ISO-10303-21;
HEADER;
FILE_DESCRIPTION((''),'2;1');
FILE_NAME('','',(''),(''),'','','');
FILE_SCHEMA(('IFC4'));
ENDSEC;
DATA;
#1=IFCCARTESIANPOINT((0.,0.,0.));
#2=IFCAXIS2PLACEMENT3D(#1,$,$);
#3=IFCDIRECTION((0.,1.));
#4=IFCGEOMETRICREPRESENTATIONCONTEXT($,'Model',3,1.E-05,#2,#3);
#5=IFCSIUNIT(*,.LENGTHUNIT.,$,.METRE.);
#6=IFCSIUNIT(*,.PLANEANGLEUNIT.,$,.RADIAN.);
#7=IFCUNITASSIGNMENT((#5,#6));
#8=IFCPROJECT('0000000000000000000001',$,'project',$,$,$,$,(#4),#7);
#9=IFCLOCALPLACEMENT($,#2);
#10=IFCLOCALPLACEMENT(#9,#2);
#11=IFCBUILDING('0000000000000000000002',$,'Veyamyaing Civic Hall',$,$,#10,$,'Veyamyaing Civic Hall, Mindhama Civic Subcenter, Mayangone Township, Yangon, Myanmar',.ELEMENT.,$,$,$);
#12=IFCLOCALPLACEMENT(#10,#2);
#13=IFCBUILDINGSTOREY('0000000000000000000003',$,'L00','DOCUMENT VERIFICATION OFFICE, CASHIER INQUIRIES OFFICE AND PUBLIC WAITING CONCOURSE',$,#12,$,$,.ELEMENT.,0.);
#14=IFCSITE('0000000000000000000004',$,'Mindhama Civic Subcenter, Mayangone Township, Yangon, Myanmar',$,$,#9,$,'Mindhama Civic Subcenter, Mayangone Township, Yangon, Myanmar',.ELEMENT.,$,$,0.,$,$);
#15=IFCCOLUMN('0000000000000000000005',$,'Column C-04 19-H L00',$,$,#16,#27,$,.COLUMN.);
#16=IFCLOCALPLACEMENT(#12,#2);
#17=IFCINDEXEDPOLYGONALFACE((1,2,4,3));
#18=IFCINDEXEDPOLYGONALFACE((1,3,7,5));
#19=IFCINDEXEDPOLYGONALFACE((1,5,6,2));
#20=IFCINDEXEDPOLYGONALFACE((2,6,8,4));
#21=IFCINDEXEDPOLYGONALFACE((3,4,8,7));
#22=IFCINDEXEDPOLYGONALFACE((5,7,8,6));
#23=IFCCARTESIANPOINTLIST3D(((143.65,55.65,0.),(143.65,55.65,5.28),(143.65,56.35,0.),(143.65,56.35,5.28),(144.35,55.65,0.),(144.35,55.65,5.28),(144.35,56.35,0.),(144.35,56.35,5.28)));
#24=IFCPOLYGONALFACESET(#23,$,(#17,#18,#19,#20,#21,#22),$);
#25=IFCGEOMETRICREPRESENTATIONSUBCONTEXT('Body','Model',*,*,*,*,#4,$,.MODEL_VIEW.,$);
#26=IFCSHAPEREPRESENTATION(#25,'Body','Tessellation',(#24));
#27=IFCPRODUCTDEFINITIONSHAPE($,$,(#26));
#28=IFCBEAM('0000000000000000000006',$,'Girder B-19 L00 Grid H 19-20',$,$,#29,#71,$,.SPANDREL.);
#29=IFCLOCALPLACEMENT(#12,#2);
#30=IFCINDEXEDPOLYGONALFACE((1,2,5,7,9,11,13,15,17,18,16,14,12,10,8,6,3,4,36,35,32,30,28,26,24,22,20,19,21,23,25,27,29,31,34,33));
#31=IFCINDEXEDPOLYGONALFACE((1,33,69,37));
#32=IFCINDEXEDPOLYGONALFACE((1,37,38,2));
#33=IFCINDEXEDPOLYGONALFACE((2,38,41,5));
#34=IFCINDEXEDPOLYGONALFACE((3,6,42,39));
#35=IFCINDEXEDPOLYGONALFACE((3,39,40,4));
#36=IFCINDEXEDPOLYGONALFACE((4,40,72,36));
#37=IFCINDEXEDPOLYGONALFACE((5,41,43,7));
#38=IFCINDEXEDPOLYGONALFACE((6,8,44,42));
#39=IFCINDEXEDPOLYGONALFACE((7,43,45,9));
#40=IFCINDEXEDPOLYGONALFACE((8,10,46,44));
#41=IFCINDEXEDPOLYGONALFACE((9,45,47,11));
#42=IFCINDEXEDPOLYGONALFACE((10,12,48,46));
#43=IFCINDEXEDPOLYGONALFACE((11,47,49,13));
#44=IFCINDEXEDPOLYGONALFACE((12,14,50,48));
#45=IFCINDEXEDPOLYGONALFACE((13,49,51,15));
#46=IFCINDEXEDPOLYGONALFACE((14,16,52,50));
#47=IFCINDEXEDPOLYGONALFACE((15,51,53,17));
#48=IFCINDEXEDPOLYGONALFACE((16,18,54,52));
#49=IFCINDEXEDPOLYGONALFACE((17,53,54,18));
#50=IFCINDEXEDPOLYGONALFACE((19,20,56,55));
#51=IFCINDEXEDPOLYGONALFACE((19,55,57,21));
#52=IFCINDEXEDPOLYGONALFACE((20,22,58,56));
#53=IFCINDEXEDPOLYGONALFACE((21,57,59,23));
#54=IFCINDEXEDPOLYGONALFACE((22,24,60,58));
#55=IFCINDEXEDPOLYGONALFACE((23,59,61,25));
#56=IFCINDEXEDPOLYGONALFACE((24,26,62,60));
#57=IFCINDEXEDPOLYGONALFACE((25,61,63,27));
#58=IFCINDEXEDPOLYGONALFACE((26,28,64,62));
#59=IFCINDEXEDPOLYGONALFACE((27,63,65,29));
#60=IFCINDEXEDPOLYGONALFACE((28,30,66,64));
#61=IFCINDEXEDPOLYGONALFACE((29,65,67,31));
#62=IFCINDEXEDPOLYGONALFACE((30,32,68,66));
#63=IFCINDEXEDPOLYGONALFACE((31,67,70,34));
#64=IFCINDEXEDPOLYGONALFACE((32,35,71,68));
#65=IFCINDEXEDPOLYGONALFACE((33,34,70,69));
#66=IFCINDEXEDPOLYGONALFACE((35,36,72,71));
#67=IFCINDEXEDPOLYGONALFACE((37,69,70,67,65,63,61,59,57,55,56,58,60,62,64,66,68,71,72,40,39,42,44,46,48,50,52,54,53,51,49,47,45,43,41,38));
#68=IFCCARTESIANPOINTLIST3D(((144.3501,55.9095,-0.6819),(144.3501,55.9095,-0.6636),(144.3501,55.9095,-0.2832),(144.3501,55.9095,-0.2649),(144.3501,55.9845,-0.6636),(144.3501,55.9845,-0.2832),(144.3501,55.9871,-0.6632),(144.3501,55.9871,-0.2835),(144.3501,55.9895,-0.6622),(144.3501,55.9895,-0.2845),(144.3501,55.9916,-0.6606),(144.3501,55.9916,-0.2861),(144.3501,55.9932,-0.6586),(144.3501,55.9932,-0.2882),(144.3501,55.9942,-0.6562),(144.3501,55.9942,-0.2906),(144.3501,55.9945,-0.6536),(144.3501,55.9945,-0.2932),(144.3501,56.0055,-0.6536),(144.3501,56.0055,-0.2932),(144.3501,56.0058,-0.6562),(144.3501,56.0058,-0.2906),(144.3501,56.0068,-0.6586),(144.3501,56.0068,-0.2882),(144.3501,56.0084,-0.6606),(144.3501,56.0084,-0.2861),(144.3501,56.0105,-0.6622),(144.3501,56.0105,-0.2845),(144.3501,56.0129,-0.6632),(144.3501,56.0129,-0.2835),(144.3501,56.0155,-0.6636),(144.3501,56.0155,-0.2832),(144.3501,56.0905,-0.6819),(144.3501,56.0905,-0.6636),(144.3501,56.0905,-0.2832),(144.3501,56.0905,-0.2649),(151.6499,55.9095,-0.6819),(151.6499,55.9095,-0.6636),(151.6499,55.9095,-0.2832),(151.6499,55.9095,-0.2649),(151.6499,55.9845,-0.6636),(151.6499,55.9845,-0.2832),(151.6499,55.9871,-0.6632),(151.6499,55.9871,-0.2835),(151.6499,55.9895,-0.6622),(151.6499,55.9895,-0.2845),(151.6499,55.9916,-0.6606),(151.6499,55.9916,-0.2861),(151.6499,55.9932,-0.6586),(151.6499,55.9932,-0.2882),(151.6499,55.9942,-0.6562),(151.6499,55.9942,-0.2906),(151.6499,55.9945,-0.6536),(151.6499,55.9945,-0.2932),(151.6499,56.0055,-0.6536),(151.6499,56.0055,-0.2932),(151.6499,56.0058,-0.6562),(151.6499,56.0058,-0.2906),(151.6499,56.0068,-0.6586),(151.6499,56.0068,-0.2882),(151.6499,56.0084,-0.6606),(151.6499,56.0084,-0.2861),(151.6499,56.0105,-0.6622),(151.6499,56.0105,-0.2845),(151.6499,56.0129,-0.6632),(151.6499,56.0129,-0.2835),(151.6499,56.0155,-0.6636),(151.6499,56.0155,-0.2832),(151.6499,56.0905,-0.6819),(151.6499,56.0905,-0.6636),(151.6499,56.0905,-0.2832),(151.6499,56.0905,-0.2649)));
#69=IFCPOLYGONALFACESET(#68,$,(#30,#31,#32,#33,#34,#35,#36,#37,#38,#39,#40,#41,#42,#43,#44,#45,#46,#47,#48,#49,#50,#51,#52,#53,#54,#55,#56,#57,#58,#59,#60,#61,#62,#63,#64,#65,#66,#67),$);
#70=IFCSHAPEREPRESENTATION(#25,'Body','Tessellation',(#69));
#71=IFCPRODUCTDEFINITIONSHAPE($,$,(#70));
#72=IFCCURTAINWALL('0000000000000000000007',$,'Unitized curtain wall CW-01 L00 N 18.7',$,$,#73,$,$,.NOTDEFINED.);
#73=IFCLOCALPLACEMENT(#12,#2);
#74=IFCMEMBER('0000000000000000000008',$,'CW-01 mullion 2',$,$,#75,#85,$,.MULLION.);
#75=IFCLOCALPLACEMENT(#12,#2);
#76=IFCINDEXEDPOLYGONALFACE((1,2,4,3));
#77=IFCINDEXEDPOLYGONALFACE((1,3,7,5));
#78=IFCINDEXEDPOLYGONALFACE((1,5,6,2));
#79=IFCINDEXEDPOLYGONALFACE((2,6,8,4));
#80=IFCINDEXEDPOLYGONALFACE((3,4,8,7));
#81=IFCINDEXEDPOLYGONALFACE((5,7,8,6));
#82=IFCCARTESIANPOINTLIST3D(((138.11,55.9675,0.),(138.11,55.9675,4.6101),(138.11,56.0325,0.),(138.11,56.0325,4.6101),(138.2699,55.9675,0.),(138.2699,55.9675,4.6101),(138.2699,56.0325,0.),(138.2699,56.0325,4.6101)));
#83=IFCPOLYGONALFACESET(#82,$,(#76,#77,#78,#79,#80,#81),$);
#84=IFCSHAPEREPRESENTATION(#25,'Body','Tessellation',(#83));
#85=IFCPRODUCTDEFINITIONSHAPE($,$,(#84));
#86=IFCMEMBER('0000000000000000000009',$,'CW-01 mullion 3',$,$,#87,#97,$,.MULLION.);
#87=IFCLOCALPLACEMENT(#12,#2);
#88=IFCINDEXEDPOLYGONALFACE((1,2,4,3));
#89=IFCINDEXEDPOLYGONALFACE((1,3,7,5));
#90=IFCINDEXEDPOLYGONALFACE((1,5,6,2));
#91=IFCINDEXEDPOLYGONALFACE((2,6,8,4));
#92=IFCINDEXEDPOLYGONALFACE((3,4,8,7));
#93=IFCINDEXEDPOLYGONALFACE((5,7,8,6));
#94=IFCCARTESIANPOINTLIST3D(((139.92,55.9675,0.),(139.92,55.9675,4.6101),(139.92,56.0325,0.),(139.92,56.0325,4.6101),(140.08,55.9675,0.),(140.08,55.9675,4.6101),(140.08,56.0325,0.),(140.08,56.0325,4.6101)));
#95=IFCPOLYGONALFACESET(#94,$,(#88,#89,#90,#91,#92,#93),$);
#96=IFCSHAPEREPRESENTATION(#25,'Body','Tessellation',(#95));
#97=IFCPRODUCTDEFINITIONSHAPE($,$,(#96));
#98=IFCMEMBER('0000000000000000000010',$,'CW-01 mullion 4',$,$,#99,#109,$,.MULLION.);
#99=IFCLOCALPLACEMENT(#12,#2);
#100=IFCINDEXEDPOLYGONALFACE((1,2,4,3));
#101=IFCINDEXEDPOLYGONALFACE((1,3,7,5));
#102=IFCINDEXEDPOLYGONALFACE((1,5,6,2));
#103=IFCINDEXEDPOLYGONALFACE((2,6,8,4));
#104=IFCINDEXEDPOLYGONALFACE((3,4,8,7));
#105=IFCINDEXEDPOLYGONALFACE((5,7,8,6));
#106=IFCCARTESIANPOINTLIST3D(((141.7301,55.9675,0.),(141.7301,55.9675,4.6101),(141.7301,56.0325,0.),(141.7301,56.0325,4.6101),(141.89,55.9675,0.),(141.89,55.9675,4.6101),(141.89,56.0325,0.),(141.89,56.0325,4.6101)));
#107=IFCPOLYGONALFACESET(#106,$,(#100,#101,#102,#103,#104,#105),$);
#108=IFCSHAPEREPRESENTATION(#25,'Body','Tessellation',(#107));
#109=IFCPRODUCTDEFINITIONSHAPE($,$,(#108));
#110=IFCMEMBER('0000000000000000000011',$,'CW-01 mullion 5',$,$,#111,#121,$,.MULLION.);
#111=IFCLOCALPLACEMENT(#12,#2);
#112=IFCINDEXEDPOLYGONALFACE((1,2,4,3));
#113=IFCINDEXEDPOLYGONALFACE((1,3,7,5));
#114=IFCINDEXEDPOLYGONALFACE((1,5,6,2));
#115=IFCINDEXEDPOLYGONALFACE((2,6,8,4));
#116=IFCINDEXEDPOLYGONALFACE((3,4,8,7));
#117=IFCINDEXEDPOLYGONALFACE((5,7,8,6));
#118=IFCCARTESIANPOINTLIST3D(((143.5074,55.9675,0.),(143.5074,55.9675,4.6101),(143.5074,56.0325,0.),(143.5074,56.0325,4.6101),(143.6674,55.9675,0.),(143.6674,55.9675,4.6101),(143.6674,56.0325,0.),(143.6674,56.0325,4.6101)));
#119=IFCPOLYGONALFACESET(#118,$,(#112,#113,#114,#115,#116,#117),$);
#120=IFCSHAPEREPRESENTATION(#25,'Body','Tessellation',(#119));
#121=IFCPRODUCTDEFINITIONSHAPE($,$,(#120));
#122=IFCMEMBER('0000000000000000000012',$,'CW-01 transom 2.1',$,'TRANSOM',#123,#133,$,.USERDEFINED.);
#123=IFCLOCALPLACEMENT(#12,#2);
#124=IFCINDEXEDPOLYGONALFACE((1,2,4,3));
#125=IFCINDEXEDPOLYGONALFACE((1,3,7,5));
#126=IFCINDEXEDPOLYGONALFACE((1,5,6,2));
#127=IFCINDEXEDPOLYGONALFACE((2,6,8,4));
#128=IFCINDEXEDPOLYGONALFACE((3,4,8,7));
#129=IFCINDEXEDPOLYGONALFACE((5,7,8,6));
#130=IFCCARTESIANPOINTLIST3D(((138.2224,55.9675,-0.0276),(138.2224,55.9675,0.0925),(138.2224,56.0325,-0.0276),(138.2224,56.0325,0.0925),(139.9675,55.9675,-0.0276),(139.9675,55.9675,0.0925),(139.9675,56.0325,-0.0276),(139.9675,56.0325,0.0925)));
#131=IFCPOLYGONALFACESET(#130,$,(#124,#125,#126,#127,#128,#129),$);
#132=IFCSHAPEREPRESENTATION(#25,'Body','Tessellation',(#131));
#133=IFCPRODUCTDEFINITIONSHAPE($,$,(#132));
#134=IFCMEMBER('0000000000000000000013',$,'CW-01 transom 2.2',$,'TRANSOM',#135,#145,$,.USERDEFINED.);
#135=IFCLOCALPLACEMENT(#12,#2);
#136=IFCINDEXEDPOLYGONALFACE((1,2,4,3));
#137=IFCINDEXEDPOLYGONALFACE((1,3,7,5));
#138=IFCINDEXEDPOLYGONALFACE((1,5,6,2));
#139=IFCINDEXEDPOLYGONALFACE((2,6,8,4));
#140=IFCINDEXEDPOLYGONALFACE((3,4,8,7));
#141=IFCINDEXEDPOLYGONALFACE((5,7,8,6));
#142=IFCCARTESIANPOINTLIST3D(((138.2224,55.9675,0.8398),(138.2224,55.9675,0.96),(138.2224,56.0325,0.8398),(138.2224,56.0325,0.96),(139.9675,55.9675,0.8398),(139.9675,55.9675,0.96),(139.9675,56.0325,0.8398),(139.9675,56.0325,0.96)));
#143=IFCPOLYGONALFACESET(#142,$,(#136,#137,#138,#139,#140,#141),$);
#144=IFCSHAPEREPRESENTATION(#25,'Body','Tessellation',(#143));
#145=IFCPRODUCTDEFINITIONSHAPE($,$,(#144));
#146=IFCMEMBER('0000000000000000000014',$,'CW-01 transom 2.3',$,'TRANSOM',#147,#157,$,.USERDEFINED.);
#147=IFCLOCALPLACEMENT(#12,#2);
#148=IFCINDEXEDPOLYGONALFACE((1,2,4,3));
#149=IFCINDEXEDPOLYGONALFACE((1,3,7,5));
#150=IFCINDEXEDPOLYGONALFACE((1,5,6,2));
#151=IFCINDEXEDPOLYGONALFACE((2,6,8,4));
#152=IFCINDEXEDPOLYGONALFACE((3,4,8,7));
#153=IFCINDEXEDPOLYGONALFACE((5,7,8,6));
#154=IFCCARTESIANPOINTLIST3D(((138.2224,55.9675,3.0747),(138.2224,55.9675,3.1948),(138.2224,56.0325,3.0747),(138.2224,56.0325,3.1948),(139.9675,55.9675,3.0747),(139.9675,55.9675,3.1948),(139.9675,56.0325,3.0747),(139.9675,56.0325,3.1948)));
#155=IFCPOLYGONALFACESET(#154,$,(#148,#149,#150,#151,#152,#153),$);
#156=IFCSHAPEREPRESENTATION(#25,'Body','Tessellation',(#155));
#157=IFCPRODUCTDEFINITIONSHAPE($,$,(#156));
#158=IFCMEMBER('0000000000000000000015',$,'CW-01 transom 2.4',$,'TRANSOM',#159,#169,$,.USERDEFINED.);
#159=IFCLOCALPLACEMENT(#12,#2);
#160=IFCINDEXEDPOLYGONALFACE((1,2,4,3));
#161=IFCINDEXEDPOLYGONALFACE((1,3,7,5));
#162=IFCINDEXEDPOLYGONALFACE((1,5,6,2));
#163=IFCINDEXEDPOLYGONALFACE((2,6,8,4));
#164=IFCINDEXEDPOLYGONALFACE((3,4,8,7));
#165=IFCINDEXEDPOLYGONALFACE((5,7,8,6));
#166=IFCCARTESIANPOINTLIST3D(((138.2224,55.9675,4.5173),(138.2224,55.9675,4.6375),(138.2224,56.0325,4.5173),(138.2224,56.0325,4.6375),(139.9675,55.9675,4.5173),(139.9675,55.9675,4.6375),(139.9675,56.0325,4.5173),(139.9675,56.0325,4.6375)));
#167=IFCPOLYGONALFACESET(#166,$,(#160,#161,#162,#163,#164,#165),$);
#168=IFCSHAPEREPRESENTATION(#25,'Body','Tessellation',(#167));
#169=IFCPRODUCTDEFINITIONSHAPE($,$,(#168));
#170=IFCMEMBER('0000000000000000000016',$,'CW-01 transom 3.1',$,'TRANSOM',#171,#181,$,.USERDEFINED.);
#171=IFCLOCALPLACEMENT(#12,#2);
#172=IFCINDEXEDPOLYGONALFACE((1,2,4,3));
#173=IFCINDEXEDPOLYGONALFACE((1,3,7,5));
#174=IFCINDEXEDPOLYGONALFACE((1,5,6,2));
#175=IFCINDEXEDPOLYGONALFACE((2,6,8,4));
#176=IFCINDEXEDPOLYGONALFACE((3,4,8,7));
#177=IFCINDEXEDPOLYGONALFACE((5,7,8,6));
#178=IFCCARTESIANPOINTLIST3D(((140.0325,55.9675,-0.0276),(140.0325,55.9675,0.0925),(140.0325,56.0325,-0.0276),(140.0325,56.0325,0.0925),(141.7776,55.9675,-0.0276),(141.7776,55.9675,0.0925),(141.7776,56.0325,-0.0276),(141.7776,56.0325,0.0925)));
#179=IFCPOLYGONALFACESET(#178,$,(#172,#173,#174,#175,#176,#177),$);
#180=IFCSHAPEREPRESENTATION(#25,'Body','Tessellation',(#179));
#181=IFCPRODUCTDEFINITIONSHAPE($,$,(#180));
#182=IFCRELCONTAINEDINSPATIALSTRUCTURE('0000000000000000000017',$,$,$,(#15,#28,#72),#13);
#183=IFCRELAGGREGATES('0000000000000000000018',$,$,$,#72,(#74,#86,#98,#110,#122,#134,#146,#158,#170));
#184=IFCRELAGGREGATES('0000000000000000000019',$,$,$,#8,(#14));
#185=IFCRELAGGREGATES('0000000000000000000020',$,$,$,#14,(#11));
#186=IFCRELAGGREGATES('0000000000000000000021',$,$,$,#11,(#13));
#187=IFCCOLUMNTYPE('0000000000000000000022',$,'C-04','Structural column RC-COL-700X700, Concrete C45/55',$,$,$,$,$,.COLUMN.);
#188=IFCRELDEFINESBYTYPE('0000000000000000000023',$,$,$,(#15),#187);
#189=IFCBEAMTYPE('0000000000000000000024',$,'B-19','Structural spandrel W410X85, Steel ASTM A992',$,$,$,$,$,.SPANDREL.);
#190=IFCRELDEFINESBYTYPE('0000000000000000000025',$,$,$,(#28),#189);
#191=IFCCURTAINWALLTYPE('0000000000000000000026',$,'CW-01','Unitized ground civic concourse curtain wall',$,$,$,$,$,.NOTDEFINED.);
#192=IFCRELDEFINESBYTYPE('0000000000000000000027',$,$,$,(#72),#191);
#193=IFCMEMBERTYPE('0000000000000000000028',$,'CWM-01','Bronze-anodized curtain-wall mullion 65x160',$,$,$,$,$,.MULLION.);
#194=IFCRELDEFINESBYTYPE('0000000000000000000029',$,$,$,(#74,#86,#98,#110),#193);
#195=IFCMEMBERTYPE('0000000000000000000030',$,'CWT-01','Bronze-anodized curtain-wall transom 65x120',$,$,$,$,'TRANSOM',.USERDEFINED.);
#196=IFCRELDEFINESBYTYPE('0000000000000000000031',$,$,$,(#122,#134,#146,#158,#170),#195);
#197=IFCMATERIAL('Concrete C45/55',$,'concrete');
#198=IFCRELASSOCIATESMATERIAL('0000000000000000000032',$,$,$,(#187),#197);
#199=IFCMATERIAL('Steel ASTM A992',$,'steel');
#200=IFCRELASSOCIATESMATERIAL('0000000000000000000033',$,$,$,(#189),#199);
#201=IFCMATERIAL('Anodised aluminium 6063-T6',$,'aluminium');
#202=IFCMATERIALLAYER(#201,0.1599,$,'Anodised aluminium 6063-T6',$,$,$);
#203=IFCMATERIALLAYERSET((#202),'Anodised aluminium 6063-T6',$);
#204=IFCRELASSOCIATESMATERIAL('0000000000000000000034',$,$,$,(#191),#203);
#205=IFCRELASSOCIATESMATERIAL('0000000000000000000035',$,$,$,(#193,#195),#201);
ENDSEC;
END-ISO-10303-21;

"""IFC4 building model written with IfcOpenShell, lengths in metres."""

from ifc_helpers import new_model, si_unit, direction, frame, origin, origin_2d, place, context, subcontext, project, spatial, rectangle, i_section, extrude, material, layer, layer_set, material_profile, profile_set, type_object, element, aggregate, save


model = new_model("IFC4")

# Units and contexts
model_context = context("Model", 3, precision=1e-05, world=origin(), true_north=direction((0.0, 1.0)))
body_context = subcontext(model_context, "Body", "Model", "MODEL_VIEW")
ifc_project = project(units=[si_unit("LENGTHUNIT", "METRE"), si_unit("PLANEANGLEUNIT", "RADIAN")], contexts=[model_context])

# Site, building, storey
site_placement = place(None, origin())
site = spatial("IfcSite", under=ifc_project, at=site_placement, Name="Mindhama Civic Subcenter, Mayangone Township, Yangon, Myanmar", LongName="Mindhama Civic Subcenter, Mayangone Township, Yangon, Myanmar", CompositionType="ELEMENT", RefElevation=0.0)
building_placement = place(site_placement, origin())
building = spatial("IfcBuilding", under=site, at=building_placement, Name="Veyamyaing Civic Hall", LongName="Veyamyaing Civic Hall, Mindhama Civic Subcenter, Mayangone Township, Yangon, Myanmar", CompositionType="ELEMENT")
storey_placement = place(building_placement, origin())
storey = spatial("IfcBuildingStorey", under=building, at=storey_placement, Name="L00", Description="DOCUMENT VERIFICATION OFFICE, CASHIER INQUIRIES OFFICE AND PUBLIC WAITING CONCOURSE", CompositionType="ELEMENT", Elevation=0.0)

# Column
ifc_material_1 = material(Name="Concrete C45/55", Category="concrete")
ifc_material_profile_1 = material_profile(ifc_material_1, rectangle(XDim=0.7, YDim=0.7, at=origin_2d()), Name="RC-COL-700X700")
ifc_profile_set_1 = profile_set([ifc_material_profile_1], Name="Concrete C45/55")
column_type = type_object("IfcColumnType", Name="C-04", Description="Structural column RC-COL-700X700, Concrete C45/55", PredefinedType="COLUMN", material=ifc_profile_set_1)
column_placement = place(storey_placement, frame((144.0, 56.0, 0.0), z_axis=(0.0, 0.0, 1.0), x_axis=(1.0, 0.0, 0.0)))
element("IfcColumn", 1, at=column_placement, inside=storey, type_object=column_type, Name="Column C-04 19-H L00", PredefinedType="COLUMN", context=body_context, shape_type="SweptSolid", body=[
    extrude(rectangle(XDim=0.7, YDim=0.7, at=origin_2d()), origin(), (0.0, 0.0, 1.0), 5.28),
])

# Beam
ifc_material_2 = material(Name="Steel ASTM A992", Category="steel")
ifc_material_profile_2 = material_profile(ifc_material_2, i_section(OverallWidth=0.1809, OverallDepth=0.417, WebThickness=0.011, FlangeThickness=0.0183, FilletRadius=0.01, at=origin_2d()), Name="W410X85")
ifc_profile_set_2 = profile_set([ifc_material_profile_2], Name="Steel ASTM A992")
beam_type = type_object("IfcBeamType", Name="B-19", Description="Structural spandrel W410X85, Steel ASTM A992", PredefinedType="SPANDREL", material=ifc_profile_set_2)
beam_placement = place(storey_placement, frame((144.3501, 56.0, -0.4734), z_axis=(1.0, 0.0, 0.0), x_axis=(0.0, 1.0, 0.0)))
element("IfcBeam", 2, at=beam_placement, inside=storey, type_object=beam_type, Name="Girder B-19 L00 Grid H 19-20", PredefinedType="SPANDREL", context=body_context, shape_type="SweptSolid", body=[
    extrude(i_section(OverallWidth=0.1809, OverallDepth=0.417, WebThickness=0.011, FlangeThickness=0.0183, FilletRadius=0.01, at=origin_2d()), origin(), (0.0, 0.0, 1.0), 7.2998),
])

# Curtain wall, members
ifc_material_3 = material(Name="Anodised aluminium 6063-T6", Category="aluminium")
ifc_layer_1 = layer(ifc_material_3, 0.1599, Name="Anodised aluminium 6063-T6")
ifc_layer_set_1 = layer_set([ifc_layer_1], Name="Anodised aluminium 6063-T6")
curtain_wall_type = type_object("IfcCurtainWallType", Name="CW-01", Description="Unitized ground civic concourse curtain wall", PredefinedType="NOTDEFINED", material=ifc_layer_set_1)
curtain_wall_placement = place(storey_placement, origin())
curtain_wall = element("IfcCurtainWall", 3, at=curtain_wall_placement, inside=storey, type_object=curtain_wall_type, Name="Unitized curtain wall CW-01 L00 N 18.7", PredefinedType="NOTDEFINED")
ifc_material_profile_3 = material_profile(ifc_material_3, rectangle(XDim=0.0649, YDim=0.1599, at=origin_2d()), Name="ALU-MUL-65X160")
ifc_profile_set_3 = profile_set([ifc_material_profile_3], Name="Anodised aluminium 6063-T6")
member_type_1 = type_object("IfcMemberType", Name="CWM-01", Description="Bronze-anodized curtain-wall mullion 65x160", PredefinedType="MULLION", material=ifc_profile_set_3)
member_1_placement = place(storey_placement, frame((138.1899, 56.0, 0.0), z_axis=(0.0, 0.0, 1.0), x_axis=(0.0, 1.0, 0.0)))
member_1 = element("IfcMember", 4, at=member_1_placement, type_object=member_type_1, Name="CW-01 mullion 2", PredefinedType="MULLION", context=body_context, shape_type="SweptSolid", body=[
    extrude(rectangle(XDim=0.0649, YDim=0.1599, at=origin_2d()), origin(), (0.0, 0.0, 1.0), 4.6101),
])
member_2_placement = place(storey_placement, frame((140.0, 56.0, 0.0), z_axis=(0.0, 0.0, 1.0), x_axis=(0.0, 1.0, 0.0)))
member_2 = element("IfcMember", 5, at=member_2_placement, type_object=member_type_1, Name="CW-01 mullion 3", PredefinedType="MULLION", context=body_context, shape_type="SweptSolid", body=[
    extrude(rectangle(XDim=0.0649, YDim=0.1599, at=origin_2d()), origin(), (0.0, 0.0, 1.0), 4.6101),
])
member_3_placement = place(storey_placement, frame((141.8101, 56.0, 0.0), z_axis=(0.0, 0.0, 1.0), x_axis=(0.0, 1.0, 0.0)))
member_3 = element("IfcMember", 6, at=member_3_placement, type_object=member_type_1, Name="CW-01 mullion 4", PredefinedType="MULLION", context=body_context, shape_type="SweptSolid", body=[
    extrude(rectangle(XDim=0.0649, YDim=0.1599, at=origin_2d()), origin(), (0.0, 0.0, 1.0), 4.6101),
])
member_4_placement = place(storey_placement, frame((143.5874, 56.0, 0.0), z_axis=(0.0, 0.0, 1.0), x_axis=(0.0, 1.0, 0.0)))
member_4 = element("IfcMember", 7, at=member_4_placement, type_object=member_type_1, Name="CW-01 mullion 5", PredefinedType="MULLION", context=body_context, shape_type="SweptSolid", body=[
    extrude(rectangle(XDim=0.0649, YDim=0.1599, at=origin_2d()), origin(), (0.0, 0.0, 1.0), 4.6101),
])
ifc_material_profile_4 = material_profile(ifc_material_3, rectangle(XDim=0.0649, YDim=0.1201, at=origin_2d()), Name="ALU-TRN-65X120")
ifc_profile_set_4 = profile_set([ifc_material_profile_4], Name="Anodised aluminium 6063-T6")
member_type_2 = type_object("IfcMemberType", Name="CWT-01", Description="Bronze-anodized curtain-wall transom 65x120", ElementType="TRANSOM", PredefinedType="USERDEFINED", material=ifc_profile_set_4)
member_5_placement = place(storey_placement, frame((138.2224, 56.0, 0.0325), z_axis=(1.0, 0.0, 0.0), x_axis=(0.0, 1.0, 0.0)))
member_5 = element("IfcMember", 8, at=member_5_placement, type_object=member_type_2, Name="CW-01 transom 2.1", ObjectType="TRANSOM", PredefinedType="USERDEFINED", context=body_context, shape_type="SweptSolid", body=[
    extrude(rectangle(XDim=0.0649, YDim=0.1201, at=origin_2d()), origin(), (0.0, 0.0, 1.0), 1.7451),
])
member_6_placement = place(storey_placement, frame((138.2224, 56.0, 0.8999), z_axis=(1.0, 0.0, 0.0), x_axis=(0.0, 1.0, 0.0)))
member_6 = element("IfcMember", 9, at=member_6_placement, type_object=member_type_2, Name="CW-01 transom 2.2", ObjectType="TRANSOM", PredefinedType="USERDEFINED", context=body_context, shape_type="SweptSolid", body=[
    extrude(rectangle(XDim=0.0649, YDim=0.1201, at=origin_2d()), origin(), (0.0, 0.0, 1.0), 1.7451),
])
member_7_placement = place(storey_placement, frame((138.2224, 56.0, 3.1348), z_axis=(1.0, 0.0, 0.0), x_axis=(0.0, 1.0, 0.0)))
member_7 = element("IfcMember", 10, at=member_7_placement, type_object=member_type_2, Name="CW-01 transom 2.3", ObjectType="TRANSOM", PredefinedType="USERDEFINED", context=body_context, shape_type="SweptSolid", body=[
    extrude(rectangle(XDim=0.0649, YDim=0.1201, at=origin_2d()), origin(), (0.0, 0.0, 1.0), 1.7451),
])
member_8_placement = place(storey_placement, frame((138.2224, 56.0, 4.5774), z_axis=(1.0, 0.0, 0.0), x_axis=(0.0, 1.0, 0.0)))
member_8 = element("IfcMember", 11, at=member_8_placement, type_object=member_type_2, Name="CW-01 transom 2.4", ObjectType="TRANSOM", PredefinedType="USERDEFINED", context=body_context, shape_type="SweptSolid", body=[
    extrude(rectangle(XDim=0.0649, YDim=0.1201, at=origin_2d()), origin(), (0.0, 0.0, 1.0), 1.7451),
])
member_9_placement = place(storey_placement, frame((140.0325, 56.0, 0.0325), z_axis=(1.0, 0.0, 0.0), x_axis=(0.0, 1.0, 0.0)))
member_9 = element("IfcMember", 12, at=member_9_placement, type_object=member_type_2, Name="CW-01 transom 3.1", ObjectType="TRANSOM", PredefinedType="USERDEFINED", context=body_context, shape_type="SweptSolid", body=[
    extrude(rectangle(XDim=0.0649, YDim=0.1201, at=origin_2d()), origin(), (0.0, 0.0, 1.0), 1.7451),
])
aggregate(curtain_wall, [member_1, member_2, member_3, member_4, member_5, member_6, member_7, member_8, member_9])

save(model, "model.ifc")
